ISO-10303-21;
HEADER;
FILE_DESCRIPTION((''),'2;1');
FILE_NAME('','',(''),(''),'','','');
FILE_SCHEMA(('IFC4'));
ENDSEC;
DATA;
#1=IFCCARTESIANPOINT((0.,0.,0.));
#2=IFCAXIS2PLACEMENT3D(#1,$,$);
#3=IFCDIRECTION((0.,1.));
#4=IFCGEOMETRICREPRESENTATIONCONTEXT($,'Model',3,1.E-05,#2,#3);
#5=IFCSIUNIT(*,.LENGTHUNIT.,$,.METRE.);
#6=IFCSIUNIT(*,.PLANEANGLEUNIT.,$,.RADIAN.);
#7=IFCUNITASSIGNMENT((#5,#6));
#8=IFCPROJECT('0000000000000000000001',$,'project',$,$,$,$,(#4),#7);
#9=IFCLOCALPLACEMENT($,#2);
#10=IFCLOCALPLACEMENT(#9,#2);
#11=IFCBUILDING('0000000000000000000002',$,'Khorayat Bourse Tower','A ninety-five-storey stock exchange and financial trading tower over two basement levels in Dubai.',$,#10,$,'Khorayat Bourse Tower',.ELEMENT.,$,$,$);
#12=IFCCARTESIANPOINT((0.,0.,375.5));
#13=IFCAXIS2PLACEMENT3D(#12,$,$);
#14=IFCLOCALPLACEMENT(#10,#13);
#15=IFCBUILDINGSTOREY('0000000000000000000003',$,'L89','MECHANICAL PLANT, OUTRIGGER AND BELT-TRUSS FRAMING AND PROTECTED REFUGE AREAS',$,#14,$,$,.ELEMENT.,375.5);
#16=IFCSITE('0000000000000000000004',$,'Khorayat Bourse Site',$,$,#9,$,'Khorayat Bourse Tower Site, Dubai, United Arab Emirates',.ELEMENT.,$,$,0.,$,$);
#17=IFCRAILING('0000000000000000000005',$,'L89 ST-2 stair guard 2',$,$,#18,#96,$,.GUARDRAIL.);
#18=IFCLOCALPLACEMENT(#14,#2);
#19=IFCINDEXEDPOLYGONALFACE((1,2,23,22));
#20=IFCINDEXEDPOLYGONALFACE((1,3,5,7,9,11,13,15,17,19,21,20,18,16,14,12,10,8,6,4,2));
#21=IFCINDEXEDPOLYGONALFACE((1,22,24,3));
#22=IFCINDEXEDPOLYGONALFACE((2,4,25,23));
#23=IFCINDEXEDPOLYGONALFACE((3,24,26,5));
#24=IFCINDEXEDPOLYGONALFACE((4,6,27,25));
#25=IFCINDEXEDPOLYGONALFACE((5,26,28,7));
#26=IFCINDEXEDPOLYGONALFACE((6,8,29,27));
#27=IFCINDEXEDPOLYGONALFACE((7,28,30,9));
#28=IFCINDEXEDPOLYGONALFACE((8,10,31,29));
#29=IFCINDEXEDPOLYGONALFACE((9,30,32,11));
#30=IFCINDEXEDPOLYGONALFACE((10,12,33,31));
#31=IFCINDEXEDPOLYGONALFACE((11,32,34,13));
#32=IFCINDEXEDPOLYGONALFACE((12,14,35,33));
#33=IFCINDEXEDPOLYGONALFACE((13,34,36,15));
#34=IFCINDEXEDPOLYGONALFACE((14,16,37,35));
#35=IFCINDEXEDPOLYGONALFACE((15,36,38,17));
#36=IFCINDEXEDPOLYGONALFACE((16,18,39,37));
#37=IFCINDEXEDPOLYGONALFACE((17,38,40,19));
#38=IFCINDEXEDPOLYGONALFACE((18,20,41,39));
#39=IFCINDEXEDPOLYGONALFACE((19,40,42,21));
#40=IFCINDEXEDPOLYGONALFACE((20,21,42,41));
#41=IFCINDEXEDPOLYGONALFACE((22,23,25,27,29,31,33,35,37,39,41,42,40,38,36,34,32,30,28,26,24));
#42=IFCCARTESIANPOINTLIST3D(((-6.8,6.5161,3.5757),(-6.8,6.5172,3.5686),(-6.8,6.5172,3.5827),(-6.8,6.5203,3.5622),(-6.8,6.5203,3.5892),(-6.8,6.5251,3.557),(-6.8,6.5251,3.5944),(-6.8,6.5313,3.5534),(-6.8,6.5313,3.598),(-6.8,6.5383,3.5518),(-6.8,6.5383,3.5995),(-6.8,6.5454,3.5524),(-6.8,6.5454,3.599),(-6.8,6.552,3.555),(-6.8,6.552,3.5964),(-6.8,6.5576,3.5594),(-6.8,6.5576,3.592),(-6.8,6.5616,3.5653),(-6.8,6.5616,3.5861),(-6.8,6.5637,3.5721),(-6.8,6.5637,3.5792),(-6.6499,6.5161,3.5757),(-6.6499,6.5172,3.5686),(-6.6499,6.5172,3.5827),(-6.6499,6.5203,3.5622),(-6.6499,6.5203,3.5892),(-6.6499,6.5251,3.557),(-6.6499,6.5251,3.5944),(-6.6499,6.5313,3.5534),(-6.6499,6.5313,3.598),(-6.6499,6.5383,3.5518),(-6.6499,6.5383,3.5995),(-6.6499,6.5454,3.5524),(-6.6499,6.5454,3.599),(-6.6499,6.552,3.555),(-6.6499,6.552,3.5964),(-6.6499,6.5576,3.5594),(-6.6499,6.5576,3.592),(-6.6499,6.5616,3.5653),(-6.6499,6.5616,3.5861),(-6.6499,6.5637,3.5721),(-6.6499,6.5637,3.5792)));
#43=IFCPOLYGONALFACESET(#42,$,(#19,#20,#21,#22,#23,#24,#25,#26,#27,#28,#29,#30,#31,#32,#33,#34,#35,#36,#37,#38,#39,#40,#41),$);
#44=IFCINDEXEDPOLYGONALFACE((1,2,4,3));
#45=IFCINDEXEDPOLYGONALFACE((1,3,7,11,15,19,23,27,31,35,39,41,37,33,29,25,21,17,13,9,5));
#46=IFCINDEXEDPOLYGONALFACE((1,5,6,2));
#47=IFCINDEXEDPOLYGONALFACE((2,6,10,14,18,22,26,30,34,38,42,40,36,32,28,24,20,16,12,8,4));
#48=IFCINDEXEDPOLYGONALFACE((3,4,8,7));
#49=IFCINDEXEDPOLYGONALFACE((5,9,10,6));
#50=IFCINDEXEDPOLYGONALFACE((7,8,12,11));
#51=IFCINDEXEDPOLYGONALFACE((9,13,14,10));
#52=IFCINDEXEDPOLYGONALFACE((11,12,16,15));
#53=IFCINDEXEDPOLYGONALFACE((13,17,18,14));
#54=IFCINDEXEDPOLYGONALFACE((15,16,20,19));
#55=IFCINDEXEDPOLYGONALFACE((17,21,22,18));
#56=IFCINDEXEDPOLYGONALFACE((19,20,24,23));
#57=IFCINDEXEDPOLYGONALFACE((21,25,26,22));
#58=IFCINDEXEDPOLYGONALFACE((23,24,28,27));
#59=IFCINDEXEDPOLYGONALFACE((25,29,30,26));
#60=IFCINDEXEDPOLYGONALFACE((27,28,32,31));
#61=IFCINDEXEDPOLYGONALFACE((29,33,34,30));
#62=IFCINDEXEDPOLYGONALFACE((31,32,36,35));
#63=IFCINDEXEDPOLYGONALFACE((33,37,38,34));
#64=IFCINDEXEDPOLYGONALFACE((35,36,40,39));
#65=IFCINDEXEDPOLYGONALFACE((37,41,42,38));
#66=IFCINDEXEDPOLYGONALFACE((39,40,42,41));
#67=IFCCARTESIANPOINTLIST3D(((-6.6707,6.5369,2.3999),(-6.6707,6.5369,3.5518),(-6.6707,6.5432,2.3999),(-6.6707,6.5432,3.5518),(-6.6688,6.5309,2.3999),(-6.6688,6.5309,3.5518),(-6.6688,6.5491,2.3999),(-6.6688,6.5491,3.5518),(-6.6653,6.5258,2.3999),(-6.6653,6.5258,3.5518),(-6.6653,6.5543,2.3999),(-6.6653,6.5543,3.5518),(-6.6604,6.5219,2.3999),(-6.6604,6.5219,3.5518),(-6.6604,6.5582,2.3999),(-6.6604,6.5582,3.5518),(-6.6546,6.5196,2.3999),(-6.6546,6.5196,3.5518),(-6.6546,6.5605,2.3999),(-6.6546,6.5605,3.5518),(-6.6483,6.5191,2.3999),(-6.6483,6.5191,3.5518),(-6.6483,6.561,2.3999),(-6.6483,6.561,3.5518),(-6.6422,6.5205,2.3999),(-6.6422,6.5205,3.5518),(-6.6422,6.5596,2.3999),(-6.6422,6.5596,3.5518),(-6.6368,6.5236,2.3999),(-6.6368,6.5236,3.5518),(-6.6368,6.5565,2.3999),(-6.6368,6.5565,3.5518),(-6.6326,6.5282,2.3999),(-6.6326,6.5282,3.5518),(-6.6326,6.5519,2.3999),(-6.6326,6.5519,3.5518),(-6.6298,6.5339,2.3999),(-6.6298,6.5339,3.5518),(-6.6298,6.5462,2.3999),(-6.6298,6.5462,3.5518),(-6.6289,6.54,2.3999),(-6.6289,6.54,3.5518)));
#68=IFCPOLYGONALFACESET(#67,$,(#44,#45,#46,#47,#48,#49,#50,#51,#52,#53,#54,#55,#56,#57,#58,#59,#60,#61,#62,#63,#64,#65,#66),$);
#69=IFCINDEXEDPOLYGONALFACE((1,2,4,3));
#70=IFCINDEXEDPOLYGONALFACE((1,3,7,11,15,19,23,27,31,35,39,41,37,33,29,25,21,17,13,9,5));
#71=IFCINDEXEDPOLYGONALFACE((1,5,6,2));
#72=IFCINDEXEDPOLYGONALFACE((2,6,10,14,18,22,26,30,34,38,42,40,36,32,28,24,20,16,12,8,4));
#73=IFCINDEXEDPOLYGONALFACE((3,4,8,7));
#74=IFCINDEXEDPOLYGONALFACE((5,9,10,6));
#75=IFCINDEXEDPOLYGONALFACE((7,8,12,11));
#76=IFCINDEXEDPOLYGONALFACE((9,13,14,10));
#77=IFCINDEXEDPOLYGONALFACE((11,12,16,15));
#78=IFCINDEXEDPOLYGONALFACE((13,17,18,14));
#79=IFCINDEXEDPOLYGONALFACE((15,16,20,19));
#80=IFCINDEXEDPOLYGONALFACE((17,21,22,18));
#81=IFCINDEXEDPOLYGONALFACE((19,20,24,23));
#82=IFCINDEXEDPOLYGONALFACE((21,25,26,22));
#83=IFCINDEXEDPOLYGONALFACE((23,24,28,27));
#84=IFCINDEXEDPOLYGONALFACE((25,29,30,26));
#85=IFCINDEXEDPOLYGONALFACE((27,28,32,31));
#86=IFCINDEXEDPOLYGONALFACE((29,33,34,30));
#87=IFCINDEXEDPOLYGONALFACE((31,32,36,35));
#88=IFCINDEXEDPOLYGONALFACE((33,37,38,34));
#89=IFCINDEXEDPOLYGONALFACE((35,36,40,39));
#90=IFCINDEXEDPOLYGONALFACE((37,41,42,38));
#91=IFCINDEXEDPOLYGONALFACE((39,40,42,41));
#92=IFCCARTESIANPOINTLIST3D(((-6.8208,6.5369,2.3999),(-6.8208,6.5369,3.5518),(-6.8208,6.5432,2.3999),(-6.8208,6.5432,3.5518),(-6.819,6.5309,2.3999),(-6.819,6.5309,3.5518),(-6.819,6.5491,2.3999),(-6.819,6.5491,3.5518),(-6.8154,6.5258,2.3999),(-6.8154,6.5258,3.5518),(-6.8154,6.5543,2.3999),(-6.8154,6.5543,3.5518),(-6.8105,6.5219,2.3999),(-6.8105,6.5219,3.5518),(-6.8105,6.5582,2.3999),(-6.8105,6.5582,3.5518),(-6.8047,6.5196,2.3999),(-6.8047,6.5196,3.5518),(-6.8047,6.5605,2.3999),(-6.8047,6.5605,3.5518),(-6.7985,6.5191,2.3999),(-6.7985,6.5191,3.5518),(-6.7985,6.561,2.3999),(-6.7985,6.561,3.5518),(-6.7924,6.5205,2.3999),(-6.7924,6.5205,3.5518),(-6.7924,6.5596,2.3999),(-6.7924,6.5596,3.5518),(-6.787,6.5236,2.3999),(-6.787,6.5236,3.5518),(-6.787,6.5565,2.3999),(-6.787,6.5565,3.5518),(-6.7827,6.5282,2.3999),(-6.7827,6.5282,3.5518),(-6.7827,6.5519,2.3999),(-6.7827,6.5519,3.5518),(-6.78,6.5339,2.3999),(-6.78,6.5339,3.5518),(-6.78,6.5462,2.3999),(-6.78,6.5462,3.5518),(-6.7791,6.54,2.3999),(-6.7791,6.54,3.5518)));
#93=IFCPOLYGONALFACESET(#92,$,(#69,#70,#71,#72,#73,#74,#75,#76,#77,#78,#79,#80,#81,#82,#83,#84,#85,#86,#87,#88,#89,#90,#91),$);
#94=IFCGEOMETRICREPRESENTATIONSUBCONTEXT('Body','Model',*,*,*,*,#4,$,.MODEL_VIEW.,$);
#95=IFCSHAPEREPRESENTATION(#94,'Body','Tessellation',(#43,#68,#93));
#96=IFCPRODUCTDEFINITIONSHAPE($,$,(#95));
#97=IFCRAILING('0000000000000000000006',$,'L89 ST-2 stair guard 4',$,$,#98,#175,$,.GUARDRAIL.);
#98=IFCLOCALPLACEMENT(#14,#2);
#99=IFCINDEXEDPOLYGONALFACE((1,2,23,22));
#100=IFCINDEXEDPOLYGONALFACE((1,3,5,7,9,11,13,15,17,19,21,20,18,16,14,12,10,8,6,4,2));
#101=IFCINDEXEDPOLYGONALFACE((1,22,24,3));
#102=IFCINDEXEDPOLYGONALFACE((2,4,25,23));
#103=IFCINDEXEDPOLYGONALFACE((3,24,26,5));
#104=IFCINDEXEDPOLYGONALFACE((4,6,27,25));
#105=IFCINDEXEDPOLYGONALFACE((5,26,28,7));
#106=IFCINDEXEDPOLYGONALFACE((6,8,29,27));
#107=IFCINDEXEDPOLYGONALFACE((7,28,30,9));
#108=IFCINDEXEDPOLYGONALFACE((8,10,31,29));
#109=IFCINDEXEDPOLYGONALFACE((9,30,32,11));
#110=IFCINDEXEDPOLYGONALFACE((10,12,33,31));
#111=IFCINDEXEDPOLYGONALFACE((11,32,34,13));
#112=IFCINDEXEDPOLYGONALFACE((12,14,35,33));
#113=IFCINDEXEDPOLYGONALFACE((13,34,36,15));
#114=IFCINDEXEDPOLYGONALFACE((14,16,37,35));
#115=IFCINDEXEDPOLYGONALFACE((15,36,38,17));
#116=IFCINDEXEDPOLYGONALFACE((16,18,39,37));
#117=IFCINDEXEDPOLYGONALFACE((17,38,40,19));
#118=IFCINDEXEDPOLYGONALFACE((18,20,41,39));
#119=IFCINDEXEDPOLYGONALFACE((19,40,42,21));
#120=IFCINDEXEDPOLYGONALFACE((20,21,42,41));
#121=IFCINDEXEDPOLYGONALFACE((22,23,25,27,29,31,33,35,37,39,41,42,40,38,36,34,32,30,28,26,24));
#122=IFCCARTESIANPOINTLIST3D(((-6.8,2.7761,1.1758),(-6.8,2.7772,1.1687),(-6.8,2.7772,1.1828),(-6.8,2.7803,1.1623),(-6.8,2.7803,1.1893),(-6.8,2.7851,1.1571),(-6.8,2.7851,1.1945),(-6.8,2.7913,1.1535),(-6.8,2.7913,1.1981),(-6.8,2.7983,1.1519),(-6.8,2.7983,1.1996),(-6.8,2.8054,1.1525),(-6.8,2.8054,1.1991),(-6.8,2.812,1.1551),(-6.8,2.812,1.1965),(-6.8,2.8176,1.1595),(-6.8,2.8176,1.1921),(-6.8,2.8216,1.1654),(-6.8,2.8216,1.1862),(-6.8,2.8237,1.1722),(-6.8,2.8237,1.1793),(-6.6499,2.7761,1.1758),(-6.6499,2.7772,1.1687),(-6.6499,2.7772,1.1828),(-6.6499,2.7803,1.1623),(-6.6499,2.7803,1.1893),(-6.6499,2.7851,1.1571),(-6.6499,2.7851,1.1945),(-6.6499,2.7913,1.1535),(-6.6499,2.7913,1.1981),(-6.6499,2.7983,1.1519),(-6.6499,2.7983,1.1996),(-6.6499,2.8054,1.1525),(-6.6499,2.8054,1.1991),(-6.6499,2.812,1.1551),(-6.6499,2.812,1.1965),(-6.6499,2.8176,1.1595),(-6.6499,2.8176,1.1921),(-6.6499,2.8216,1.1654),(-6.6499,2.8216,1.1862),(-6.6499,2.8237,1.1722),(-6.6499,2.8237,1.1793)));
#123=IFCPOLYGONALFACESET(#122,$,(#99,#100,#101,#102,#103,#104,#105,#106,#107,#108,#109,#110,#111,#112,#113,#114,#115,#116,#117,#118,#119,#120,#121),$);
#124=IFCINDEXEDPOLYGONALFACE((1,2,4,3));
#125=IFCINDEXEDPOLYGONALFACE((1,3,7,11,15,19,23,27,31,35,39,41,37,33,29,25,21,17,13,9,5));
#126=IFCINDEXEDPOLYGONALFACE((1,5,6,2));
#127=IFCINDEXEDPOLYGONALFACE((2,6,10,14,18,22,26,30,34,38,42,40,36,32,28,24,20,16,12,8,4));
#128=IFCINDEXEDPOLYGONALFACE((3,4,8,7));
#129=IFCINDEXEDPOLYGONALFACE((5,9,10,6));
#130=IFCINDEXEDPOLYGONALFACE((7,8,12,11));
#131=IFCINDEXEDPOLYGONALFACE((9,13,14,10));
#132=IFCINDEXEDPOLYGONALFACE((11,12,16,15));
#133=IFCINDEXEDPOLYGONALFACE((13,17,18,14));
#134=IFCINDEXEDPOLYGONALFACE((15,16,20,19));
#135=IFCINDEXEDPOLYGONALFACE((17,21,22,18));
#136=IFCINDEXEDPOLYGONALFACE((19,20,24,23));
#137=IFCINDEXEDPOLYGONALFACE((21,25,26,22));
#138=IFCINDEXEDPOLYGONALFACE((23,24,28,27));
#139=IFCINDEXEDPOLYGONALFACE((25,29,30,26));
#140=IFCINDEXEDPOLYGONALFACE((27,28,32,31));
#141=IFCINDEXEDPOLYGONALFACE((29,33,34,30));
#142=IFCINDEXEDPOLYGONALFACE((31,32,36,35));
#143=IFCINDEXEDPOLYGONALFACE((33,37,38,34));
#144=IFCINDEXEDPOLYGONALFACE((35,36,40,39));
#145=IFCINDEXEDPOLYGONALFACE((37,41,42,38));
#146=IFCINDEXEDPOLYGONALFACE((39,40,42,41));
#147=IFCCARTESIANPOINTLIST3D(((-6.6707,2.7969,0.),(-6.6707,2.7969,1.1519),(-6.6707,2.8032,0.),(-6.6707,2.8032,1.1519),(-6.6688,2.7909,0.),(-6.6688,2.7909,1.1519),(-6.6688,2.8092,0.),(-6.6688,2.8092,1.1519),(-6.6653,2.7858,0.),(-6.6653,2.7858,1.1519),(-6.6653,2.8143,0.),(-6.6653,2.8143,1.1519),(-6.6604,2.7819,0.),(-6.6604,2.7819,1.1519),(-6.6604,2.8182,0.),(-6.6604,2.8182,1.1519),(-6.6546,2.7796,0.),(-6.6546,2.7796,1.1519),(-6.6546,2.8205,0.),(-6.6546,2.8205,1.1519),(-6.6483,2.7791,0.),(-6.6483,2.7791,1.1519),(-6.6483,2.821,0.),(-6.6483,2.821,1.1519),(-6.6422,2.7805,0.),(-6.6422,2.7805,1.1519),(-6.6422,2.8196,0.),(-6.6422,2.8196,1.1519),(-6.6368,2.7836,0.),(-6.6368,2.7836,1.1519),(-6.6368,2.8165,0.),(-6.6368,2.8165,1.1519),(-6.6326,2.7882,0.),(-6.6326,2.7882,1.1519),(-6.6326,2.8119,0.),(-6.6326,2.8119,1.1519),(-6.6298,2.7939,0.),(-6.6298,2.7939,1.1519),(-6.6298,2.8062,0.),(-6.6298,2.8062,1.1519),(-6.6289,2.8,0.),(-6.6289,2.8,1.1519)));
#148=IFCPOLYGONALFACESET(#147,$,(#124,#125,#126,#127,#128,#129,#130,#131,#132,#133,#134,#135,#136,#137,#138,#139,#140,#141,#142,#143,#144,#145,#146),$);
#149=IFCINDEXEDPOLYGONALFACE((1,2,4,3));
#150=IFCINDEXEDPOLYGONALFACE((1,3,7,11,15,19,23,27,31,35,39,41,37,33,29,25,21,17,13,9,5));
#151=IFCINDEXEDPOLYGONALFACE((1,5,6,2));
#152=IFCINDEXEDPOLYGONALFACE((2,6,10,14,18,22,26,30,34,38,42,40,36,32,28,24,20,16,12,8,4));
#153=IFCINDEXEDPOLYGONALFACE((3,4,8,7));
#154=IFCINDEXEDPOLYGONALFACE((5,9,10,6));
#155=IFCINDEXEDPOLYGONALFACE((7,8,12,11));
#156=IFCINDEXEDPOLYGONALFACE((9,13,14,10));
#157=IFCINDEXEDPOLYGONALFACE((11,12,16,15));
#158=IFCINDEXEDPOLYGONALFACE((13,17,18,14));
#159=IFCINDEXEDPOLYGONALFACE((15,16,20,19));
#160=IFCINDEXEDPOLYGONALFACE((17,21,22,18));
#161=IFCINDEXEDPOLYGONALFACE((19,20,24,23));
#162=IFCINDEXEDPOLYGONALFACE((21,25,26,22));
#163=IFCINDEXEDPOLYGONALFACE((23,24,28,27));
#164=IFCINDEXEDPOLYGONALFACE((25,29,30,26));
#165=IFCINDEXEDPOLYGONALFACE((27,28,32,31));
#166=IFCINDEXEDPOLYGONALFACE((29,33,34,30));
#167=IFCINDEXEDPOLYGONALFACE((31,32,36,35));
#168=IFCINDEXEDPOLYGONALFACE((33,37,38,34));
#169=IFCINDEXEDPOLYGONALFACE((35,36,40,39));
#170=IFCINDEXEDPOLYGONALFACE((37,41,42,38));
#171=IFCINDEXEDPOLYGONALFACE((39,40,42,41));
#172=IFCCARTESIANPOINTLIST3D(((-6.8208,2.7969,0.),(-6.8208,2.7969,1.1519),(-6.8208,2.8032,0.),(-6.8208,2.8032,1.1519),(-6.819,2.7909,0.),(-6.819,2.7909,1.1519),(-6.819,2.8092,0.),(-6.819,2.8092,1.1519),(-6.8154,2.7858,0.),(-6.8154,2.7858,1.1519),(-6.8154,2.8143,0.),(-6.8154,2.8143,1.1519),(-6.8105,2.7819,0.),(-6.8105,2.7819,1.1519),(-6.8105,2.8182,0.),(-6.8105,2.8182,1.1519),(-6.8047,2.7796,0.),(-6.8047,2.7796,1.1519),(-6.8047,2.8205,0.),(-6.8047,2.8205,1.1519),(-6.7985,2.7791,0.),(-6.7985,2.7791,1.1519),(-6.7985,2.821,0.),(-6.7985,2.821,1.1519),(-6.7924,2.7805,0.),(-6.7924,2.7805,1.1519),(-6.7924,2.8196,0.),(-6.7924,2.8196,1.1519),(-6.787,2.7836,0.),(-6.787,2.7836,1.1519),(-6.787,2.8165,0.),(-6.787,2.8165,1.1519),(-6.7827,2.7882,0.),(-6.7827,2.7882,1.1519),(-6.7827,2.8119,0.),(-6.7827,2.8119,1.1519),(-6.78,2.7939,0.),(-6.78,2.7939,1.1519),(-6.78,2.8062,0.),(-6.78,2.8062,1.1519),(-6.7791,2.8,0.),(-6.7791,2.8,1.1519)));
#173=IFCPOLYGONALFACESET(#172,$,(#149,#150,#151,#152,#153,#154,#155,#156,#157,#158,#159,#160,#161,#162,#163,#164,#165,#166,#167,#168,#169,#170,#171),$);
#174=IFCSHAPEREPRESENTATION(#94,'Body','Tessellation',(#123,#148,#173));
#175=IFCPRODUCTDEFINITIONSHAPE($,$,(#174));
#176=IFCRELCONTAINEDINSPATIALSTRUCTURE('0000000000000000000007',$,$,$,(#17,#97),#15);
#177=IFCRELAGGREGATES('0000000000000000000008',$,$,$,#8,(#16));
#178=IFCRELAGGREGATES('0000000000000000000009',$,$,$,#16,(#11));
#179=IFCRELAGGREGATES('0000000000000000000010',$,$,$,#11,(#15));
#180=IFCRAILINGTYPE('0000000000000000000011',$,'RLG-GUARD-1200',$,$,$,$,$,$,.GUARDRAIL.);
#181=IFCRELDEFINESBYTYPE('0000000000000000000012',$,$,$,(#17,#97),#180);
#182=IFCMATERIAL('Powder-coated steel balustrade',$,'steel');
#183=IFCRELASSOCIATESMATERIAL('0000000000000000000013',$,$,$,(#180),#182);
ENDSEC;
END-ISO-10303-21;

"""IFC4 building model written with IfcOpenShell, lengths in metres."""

from ifc_helpers import new_model, si_unit, direction, frame, origin, origin_2d, place, context, subcontext, project, spatial, circle, extrude, source, transform, mapped, material, type_object, element, save


model = new_model("IFC4")

# Units and contexts
model_context = context("Model", 3, precision=1e-05, world=origin(), true_north=direction((0.0, 1.0)))
body_context = subcontext(model_context, "Body", "Model", "MODEL_VIEW")
ifc_project = project(units=[si_unit("LENGTHUNIT", "METRE"), si_unit("PLANEANGLEUNIT", "RADIAN")], contexts=[model_context])

# Site, building, storey
site_placement = place(None, origin())
site = spatial("IfcSite", under=ifc_project, at=site_placement, Name="Khorayat Bourse Site", LongName="Khorayat Bourse Tower Site, Dubai, United Arab Emirates", CompositionType="ELEMENT", RefElevation=0.0)
building_placement = place(site_placement, origin())
building = spatial("IfcBuilding", under=site, at=building_placement, Name="Khorayat Bourse Tower", Description="A ninety-five-storey stock exchange and financial trading tower over two basement levels in Dubai.", LongName="Khorayat Bourse Tower", CompositionType="ELEMENT")
storey_placement = place(building_placement, frame((0.0, 0.0, 375.5)))
storey = spatial("IfcBuildingStorey", under=building, at=storey_placement, Name="L89", Description="MECHANICAL PLANT, OUTRIGGER AND BELT-TRUSS FRAMING AND PROTECTED REFUGE AREAS", CompositionType="ELEMENT", Elevation=375.5)

# Railings
ifc_material_1 = material(Name="Powder-coated steel balustrade", Category="steel")
railing_type_1 = type_object("IfcRailingType", Name="RLG-GUARD-1200", PredefinedType="GUARDRAIL", material=ifc_material_1)
shared_shape_1 = source(origin(), body_context, "Body", "SweptSolid", [
    extrude(circle(Radius=0.0239, at=origin_2d()), frame((0.0, 0.0, 1.1758), z_axis=(-1.0, 0.0, 0.0), x_axis=(0.0, -1.0, 0.0)), (0.0, 0.0, 1.0), 0.1501),
    extrude(circle(Radius=0.021, at=origin_2d()), origin(), (0.0, 0.0, 1.0), 1.1519),
    extrude(circle(Radius=0.021, at=origin_2d()), frame((-0.1501, 0.0, 0.0)), (0.0, 0.0, 1.0), 1.1519),
])
for number, where, name in (
    (1, (-6.6499, 6.54, 2.3999), "L89 ST-2 stair guard 2"),
    (2, (-6.6499, 2.8, 0.0), "L89 ST-2 stair guard 4"),
):
    element("IfcRailing", number, at=place(storey_placement, frame(where)), inside=storey, type_object=railing_type_1, Name=name, PredefinedType="GUARDRAIL", context=body_context, shape_type="MappedRepresentation", body=[
        mapped(shared_shape_1, transform((0.0, 0.0, 0.0), scale=1.0)),
    ])

save(model, "model.ifc")
